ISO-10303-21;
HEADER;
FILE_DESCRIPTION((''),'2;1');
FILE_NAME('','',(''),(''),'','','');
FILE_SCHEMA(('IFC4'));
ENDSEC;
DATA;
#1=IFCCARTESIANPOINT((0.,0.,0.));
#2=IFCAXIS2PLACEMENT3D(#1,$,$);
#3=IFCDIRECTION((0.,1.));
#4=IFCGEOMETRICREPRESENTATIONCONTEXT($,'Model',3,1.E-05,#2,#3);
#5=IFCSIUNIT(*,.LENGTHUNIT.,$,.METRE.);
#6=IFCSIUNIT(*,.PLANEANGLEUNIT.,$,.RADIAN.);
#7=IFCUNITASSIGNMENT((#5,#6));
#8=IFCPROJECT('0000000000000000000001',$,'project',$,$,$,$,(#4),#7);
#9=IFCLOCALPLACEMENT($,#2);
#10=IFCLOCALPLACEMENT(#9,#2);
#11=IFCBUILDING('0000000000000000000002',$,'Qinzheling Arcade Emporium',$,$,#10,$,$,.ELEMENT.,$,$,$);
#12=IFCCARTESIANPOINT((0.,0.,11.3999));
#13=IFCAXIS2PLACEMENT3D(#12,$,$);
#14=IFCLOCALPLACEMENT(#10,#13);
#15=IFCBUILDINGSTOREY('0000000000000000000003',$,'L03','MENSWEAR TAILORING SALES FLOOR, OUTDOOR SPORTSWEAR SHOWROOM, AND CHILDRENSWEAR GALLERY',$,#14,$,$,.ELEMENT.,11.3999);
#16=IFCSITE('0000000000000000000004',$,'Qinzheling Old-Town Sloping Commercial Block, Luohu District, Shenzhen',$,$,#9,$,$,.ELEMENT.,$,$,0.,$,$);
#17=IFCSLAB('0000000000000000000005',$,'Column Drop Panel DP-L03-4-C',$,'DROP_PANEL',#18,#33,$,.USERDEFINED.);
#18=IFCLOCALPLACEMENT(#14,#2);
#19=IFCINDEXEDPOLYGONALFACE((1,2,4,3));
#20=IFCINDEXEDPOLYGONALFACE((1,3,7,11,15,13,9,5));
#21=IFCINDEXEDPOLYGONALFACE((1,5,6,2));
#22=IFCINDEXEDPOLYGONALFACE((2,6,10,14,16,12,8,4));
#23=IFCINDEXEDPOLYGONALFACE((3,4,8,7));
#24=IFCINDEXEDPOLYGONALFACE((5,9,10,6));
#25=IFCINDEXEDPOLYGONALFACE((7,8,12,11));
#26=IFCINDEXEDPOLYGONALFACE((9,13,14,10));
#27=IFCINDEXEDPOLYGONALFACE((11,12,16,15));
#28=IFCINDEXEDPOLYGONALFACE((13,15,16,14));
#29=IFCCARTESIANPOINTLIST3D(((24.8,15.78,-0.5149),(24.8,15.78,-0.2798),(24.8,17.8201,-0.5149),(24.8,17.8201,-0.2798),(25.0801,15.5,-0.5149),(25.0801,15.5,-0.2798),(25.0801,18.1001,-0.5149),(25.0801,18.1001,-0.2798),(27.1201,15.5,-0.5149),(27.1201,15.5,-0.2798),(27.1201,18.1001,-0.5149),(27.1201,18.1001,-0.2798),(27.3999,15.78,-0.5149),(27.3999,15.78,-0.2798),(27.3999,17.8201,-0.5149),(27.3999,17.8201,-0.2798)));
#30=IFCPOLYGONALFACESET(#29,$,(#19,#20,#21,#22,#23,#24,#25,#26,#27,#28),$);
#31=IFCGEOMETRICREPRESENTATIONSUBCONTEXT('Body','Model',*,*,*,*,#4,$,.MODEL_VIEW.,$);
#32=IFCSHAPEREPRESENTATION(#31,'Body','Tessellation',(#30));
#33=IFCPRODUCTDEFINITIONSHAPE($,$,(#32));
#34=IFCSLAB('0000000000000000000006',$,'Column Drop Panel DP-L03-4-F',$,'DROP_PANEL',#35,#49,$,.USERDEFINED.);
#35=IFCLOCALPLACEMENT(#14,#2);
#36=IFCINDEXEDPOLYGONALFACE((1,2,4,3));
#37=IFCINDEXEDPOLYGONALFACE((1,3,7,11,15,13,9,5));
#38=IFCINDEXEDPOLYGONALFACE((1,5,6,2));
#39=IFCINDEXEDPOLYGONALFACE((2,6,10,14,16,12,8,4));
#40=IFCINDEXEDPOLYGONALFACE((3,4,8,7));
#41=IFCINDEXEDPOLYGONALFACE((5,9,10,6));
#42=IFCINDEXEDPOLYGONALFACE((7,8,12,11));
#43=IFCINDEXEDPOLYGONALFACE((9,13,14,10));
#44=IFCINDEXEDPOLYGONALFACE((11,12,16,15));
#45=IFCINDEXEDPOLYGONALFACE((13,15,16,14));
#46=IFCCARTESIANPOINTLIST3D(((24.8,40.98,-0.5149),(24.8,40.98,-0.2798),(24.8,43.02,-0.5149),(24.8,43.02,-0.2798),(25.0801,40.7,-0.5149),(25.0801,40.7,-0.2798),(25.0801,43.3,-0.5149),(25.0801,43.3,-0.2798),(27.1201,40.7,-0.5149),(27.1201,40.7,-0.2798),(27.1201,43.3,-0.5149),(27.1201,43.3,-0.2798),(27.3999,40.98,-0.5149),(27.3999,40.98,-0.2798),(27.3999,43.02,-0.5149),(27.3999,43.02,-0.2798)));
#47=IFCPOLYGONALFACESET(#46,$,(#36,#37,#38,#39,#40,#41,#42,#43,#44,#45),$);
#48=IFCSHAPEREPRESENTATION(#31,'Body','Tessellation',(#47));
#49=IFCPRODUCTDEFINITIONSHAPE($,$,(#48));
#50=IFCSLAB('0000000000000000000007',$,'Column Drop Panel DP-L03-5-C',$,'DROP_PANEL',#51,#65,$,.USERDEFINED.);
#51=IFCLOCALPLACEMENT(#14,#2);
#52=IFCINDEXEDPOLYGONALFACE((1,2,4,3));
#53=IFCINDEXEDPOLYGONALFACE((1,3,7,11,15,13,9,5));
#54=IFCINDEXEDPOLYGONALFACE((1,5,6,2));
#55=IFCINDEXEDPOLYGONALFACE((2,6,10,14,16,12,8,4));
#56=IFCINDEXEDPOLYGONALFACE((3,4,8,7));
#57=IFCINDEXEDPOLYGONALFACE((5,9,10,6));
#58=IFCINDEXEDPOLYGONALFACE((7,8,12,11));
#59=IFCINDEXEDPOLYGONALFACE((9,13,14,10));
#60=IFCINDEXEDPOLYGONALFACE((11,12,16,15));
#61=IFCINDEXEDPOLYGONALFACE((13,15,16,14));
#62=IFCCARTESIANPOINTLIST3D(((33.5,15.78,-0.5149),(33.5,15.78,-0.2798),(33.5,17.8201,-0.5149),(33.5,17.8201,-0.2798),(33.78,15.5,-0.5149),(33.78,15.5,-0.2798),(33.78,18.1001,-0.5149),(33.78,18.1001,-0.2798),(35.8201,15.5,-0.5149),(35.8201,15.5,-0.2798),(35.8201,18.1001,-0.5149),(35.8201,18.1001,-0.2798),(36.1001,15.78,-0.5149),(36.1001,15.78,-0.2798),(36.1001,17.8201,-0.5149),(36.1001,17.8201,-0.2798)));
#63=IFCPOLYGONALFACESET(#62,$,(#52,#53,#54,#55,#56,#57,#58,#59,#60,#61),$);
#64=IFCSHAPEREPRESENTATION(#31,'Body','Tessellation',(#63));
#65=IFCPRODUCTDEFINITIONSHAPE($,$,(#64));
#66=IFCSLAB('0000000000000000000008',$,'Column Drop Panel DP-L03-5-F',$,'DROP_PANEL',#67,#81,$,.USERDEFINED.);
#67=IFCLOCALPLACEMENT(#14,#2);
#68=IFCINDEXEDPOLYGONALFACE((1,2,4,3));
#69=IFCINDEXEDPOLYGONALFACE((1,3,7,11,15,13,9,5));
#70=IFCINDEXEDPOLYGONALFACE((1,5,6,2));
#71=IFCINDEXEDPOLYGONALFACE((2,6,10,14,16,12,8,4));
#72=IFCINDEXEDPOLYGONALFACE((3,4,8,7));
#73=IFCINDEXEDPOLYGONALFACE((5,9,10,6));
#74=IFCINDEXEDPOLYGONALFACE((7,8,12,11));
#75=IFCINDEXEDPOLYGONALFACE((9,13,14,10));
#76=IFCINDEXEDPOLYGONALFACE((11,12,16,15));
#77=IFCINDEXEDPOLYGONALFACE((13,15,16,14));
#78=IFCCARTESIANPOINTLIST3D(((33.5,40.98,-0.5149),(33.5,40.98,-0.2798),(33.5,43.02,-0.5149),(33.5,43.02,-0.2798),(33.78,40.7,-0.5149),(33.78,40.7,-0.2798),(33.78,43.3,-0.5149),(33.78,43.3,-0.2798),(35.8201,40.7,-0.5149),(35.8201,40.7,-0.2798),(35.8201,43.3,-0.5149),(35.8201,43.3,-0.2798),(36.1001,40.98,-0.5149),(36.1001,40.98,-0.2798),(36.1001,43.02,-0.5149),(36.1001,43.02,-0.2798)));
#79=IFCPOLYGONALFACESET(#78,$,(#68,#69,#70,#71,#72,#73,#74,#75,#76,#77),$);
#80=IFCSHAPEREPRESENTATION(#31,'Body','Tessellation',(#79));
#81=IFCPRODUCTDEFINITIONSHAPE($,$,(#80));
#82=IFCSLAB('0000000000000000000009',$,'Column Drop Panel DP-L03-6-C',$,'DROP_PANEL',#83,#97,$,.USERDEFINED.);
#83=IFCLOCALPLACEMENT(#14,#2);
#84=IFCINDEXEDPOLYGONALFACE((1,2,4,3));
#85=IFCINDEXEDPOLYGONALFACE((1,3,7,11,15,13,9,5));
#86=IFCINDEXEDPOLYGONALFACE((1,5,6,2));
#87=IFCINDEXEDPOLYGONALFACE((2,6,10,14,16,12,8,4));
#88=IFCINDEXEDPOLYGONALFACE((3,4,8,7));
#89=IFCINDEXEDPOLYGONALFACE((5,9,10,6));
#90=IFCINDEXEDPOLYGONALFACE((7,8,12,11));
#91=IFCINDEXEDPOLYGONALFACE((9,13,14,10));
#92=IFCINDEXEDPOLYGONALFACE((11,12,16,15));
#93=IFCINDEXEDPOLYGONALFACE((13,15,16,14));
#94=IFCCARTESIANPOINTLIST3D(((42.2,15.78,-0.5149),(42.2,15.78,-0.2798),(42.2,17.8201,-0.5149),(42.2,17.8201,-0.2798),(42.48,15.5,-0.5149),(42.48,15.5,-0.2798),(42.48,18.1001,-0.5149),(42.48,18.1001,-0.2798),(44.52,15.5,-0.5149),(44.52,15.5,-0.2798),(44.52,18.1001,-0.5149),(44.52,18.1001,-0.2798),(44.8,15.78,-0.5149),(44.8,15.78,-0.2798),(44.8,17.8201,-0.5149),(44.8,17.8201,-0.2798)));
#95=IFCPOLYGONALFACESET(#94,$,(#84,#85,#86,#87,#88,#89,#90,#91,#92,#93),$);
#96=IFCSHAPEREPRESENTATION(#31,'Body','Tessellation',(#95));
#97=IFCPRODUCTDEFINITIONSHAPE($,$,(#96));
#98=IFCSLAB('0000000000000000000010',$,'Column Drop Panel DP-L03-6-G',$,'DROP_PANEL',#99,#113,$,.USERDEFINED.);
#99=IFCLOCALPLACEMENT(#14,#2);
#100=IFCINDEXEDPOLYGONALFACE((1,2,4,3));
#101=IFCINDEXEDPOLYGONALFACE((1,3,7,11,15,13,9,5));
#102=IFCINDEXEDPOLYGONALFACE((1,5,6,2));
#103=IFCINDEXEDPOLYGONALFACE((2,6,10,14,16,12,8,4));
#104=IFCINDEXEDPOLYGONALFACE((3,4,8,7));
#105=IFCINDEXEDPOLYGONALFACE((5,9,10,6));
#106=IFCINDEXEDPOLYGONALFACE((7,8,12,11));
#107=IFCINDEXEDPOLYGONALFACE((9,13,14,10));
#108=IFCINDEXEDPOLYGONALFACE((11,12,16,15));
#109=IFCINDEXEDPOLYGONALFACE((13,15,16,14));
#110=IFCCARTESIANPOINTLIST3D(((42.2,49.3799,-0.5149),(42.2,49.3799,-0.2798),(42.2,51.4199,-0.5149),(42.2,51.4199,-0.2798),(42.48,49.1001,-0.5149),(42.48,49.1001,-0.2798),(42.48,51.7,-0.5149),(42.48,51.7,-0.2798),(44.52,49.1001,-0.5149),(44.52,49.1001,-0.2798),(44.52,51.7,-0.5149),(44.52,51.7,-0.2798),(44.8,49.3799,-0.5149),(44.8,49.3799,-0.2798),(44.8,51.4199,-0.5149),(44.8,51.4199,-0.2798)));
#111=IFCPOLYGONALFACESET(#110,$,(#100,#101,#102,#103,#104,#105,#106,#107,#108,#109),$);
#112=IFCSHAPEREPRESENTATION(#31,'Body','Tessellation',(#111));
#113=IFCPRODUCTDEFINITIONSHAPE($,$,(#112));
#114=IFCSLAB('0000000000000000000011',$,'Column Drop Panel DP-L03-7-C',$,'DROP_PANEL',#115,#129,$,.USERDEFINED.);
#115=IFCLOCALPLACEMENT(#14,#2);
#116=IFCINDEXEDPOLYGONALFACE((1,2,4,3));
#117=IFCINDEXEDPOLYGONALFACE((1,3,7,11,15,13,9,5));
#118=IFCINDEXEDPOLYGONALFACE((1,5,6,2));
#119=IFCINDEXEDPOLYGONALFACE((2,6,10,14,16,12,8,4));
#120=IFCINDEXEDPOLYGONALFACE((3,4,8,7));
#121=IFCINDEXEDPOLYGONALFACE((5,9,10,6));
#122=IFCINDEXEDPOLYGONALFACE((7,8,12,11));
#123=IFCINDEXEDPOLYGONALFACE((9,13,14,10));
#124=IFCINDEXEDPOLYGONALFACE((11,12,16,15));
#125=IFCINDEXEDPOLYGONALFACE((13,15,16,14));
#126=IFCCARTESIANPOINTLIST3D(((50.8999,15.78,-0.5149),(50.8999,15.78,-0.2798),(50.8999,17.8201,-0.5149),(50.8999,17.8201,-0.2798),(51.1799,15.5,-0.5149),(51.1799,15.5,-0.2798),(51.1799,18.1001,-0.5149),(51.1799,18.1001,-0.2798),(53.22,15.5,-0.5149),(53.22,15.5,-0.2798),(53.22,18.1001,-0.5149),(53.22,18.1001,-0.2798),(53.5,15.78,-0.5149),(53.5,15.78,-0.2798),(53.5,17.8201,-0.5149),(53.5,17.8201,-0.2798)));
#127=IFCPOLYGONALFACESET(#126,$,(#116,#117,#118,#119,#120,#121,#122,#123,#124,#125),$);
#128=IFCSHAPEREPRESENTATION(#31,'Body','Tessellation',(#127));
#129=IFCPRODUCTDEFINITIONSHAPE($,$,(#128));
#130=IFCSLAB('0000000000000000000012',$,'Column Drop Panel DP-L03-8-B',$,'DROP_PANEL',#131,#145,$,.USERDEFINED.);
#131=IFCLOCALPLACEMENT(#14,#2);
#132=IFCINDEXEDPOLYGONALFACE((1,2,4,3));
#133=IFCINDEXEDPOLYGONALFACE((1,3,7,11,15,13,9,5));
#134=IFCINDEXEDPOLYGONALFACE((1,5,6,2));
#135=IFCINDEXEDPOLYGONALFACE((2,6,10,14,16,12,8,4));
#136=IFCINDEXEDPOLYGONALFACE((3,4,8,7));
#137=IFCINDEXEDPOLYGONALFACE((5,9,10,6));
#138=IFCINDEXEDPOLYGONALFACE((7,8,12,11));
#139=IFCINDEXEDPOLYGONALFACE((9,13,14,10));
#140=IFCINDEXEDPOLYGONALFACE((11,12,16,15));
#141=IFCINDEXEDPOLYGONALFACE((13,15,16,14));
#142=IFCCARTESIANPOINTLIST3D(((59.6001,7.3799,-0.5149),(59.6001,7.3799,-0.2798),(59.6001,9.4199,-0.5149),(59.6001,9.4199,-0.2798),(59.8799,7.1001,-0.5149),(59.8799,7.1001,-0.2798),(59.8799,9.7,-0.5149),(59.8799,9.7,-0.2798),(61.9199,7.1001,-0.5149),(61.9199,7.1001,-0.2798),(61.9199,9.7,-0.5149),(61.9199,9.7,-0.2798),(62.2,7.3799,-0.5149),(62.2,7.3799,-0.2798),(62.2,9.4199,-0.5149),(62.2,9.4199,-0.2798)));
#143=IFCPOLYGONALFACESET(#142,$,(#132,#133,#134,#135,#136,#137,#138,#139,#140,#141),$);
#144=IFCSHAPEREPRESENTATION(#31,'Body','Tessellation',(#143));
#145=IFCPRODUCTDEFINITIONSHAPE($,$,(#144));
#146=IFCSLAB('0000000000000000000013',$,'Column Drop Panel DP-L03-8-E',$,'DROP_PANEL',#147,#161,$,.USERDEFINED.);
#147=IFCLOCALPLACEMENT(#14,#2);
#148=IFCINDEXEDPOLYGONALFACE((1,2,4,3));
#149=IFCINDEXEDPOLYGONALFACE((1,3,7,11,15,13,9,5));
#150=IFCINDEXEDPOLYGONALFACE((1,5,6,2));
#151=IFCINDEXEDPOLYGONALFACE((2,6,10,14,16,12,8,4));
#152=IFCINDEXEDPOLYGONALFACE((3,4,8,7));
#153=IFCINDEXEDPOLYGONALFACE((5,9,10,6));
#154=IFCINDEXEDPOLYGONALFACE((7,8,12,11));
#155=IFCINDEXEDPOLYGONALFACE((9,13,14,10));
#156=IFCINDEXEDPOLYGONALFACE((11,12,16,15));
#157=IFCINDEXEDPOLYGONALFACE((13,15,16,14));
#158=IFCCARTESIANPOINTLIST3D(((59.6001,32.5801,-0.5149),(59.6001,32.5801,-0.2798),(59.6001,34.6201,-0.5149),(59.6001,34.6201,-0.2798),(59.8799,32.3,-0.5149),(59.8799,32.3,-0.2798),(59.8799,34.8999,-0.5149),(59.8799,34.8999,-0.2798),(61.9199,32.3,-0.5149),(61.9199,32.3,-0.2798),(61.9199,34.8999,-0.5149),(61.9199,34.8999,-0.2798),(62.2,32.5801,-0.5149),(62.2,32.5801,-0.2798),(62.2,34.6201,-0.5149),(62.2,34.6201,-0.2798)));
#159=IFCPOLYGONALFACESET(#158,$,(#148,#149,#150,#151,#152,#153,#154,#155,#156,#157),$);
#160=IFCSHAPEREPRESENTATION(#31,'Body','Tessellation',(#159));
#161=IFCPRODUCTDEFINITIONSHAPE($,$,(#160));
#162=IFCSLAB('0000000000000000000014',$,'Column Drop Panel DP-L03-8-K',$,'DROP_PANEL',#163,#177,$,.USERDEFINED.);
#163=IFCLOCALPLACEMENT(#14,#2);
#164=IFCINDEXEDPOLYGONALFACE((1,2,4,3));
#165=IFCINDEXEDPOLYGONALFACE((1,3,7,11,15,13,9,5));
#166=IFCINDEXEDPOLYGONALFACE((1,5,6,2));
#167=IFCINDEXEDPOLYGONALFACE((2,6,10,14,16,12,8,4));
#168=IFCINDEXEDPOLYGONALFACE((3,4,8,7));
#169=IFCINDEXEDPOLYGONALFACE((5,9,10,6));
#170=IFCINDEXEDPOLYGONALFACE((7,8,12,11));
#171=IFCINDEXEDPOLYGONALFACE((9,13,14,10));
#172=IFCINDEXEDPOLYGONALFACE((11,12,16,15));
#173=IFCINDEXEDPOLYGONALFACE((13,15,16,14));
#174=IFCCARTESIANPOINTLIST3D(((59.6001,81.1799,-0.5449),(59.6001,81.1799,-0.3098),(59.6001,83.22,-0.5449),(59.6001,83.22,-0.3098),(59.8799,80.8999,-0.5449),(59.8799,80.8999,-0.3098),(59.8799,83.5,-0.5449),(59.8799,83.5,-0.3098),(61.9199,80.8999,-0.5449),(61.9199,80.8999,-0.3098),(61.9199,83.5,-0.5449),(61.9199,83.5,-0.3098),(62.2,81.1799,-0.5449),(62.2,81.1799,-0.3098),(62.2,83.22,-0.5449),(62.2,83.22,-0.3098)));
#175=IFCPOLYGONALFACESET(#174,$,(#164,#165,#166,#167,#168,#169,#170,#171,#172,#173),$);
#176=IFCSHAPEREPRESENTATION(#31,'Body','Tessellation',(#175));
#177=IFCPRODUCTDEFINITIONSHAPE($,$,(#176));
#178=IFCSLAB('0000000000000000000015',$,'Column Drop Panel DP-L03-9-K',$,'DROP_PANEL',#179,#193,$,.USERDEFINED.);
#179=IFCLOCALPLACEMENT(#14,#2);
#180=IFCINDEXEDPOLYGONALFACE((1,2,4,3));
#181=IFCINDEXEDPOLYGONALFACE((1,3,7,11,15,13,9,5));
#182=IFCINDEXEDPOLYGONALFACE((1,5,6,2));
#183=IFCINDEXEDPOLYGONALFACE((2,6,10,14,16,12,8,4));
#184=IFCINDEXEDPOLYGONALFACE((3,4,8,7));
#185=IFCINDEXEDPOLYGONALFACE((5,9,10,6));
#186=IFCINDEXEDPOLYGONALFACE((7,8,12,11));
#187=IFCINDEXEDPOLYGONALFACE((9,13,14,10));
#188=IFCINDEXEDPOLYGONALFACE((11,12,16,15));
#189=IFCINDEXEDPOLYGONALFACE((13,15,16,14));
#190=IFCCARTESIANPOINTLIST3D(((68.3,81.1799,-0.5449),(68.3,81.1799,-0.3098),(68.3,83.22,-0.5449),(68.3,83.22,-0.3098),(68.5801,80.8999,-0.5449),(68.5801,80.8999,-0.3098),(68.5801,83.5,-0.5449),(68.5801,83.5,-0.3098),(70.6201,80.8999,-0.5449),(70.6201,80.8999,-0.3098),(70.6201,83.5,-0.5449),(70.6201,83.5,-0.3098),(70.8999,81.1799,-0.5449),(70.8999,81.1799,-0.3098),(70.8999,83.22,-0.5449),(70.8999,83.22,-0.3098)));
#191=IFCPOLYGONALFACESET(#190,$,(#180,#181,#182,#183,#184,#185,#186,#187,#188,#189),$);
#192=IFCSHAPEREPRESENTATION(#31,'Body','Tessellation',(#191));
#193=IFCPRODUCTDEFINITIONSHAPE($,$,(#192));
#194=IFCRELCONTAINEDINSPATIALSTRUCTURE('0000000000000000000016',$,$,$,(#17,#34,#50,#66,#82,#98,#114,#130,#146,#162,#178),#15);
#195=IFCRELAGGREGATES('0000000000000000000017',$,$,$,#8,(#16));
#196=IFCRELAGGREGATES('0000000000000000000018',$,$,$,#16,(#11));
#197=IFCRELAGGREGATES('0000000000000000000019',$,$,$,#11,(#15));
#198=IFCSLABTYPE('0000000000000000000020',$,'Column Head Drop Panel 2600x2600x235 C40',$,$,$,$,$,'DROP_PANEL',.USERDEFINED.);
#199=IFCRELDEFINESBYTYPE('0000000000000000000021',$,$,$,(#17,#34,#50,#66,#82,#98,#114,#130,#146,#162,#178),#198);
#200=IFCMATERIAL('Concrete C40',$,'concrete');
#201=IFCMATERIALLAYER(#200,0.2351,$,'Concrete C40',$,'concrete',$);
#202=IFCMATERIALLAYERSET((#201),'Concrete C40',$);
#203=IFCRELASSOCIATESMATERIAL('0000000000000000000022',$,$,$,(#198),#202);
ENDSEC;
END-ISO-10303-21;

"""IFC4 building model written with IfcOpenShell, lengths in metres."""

from ifc_helpers import new_model, si_unit, direction, frame, origin, place, context, subcontext, project, spatial, polyline, outline, extrude, material, layer, layer_set, type_object, element, save


model = new_model("IFC4")

# Units and contexts
model_context = context("Model", 3, precision=1e-05, world=origin(), true_north=direction((0.0, 1.0)))
body_context = subcontext(model_context, "Body", "Model", "MODEL_VIEW")
ifc_project = project(units=[si_unit("LENGTHUNIT", "METRE"), si_unit("PLANEANGLEUNIT", "RADIAN")], contexts=[model_context])

# Site, building, storey
site_placement = place(None, origin())
site = spatial("IfcSite", under=ifc_project, at=site_placement, Name="Qinzheling Old-Town Sloping Commercial Block, Luohu District, Shenzhen", CompositionType="ELEMENT", RefElevation=0.0)
building_placement = place(site_placement, origin())
building = spatial("IfcBuilding", under=site, at=building_placement, Name="Qinzheling Arcade Emporium", CompositionType="ELEMENT")
storey_placement = place(building_placement, frame((0.0, 0.0, 11.3999)))
storey = spatial("IfcBuildingStorey", under=building, at=storey_placement, Name="L03", Description="MENSWEAR TAILORING SALES FLOOR, OUTDOOR SPORTSWEAR SHOWROOM, AND CHILDRENSWEAR GALLERY", CompositionType="ELEMENT", Elevation=11.3999)

# Slabs
ifc_material = material(Name="Concrete C40", Category="concrete")
ifc_layer_1 = layer(ifc_material, 0.2351, Name="Concrete C40", Category="concrete")
ifc_layer_set_1 = layer_set([ifc_layer_1], Name="Concrete C40")
slab_type_1 = type_object("IfcSlabType", Name="Column Head Drop Panel 2600x2600x235 C40", ElementType="DROP_PANEL", PredefinedType="USERDEFINED", material=ifc_layer_set_1)
slab_1_placement = place(storey_placement, frame((0.0, 0.0, -0.5149)))
element("IfcSlab", 1, at=slab_1_placement, inside=storey, type_object=slab_type_1, Name="Column Drop Panel DP-L03-4-C", ObjectType="DROP_PANEL", PredefinedType="USERDEFINED", context=body_context, shape_type="SweptSolid", body=[
    extrude(outline(polyline([(25.0801, 15.5), (27.1201, 15.5), (27.3999, 15.78), (27.3999, 17.8201), (27.1201, 18.1001), (25.0801, 18.1001), (24.8, 17.8201), (24.8, 15.78), (25.0801, 15.5)])), origin(), (0.0, 0.0, 1.0), 0.2351),
])
slab_2_placement = place(storey_placement, frame((0.0, 0.0, -0.5149)))
element("IfcSlab", 2, at=slab_2_placement, inside=storey, type_object=slab_type_1, Name="Column Drop Panel DP-L03-4-F", ObjectType="DROP_PANEL", PredefinedType="USERDEFINED", context=body_context, shape_type="SweptSolid", body=[
    extrude(outline(polyline([(25.0801, 40.7), (27.1201, 40.7), (27.3999, 40.98), (27.3999, 43.02), (27.1201, 43.3), (25.0801, 43.3), (24.8, 43.02), (24.8, 40.98), (25.0801, 40.7)])), origin(), (0.0, 0.0, 1.0), 0.2351),
])
slab_3_placement = place(storey_placement, frame((0.0, 0.0, -0.5149)))
element("IfcSlab", 3, at=slab_3_placement, inside=storey, type_object=slab_type_1, Name="Column Drop Panel DP-L03-5-C", ObjectType="DROP_PANEL", PredefinedType="USERDEFINED", context=body_context, shape_type="SweptSolid", body=[
    extrude(outline(polyline([(33.78, 15.5), (35.8201, 15.5), (36.1001, 15.78), (36.1001, 17.8201), (35.8201, 18.1001), (33.78, 18.1001), (33.5, 17.8201), (33.5, 15.78), (33.78, 15.5)])), origin(), (0.0, 0.0, 1.0), 0.2351),
])
slab_4_placement = place(storey_placement, frame((0.0, 0.0, -0.5149)))
element("IfcSlab", 4, at=slab_4_placement, inside=storey, type_object=slab_type_1, Name="Column Drop Panel DP-L03-5-F", ObjectType="DROP_PANEL", PredefinedType="USERDEFINED", context=body_context, shape_type="SweptSolid", body=[
    extrude(outline(polyline([(33.78, 40.7), (35.8201, 40.7), (36.1001, 40.98), (36.1001, 43.02), (35.8201, 43.3), (33.78, 43.3), (33.5, 43.02), (33.5, 40.98), (33.78, 40.7)])), origin(), (0.0, 0.0, 1.0), 0.2351),
])
slab_5_placement = place(storey_placement, frame((0.0, 0.0, -0.5149)))
element("IfcSlab", 5, at=slab_5_placement, inside=storey, type_object=slab_type_1, Name="Column Drop Panel DP-L03-6-C", ObjectType="DROP_PANEL", PredefinedType="USERDEFINED", context=body_context, shape_type="SweptSolid", body=[
    extrude(outline(polyline([(42.48, 15.5), (44.52, 15.5), (44.8, 15.78), (44.8, 17.8201), (44.52, 18.1001), (42.48, 18.1001), (42.2, 17.8201), (42.2, 15.78), (42.48, 15.5)])), origin(), (0.0, 0.0, 1.0), 0.2351),
])
slab_6_placement = place(storey_placement, frame((0.0, 0.0, -0.5149)))
element("IfcSlab", 6, at=slab_6_placement, inside=storey, type_object=slab_type_1, Name="Column Drop Panel DP-L03-6-G", ObjectType="DROP_PANEL", PredefinedType="USERDEFINED", context=body_context, shape_type="SweptSolid", body=[
    extrude(outline(polyline([(42.48, 49.1001), (44.52, 49.1001), (44.8, 49.3799), (44.8, 51.4199), (44.52, 51.7), (42.48, 51.7), (42.2, 51.4199), (42.2, 49.3799), (42.48, 49.1001)])), origin(), (0.0, 0.0, 1.0), 0.2351),
])
slab_7_placement = place(storey_placement, frame((0.0, 0.0, -0.5149)))
element("IfcSlab", 7, at=slab_7_placement, inside=storey, type_object=slab_type_1, Name="Column Drop Panel DP-L03-7-C", ObjectType="DROP_PANEL", PredefinedType="USERDEFINED", context=body_context, shape_type="SweptSolid", body=[
    extrude(outline(polyline([(51.1799, 15.5), (53.22, 15.5), (53.5, 15.78), (53.5, 17.8201), (53.22, 18.1001), (51.1799, 18.1001), (50.8999, 17.8201), (50.8999, 15.78), (51.1799, 15.5)])), origin(), (0.0, 0.0, 1.0), 0.2351),
])
slab_8_placement = place(storey_placement, frame((0.0, 0.0, -0.5149)))
element("IfcSlab", 8, at=slab_8_placement, inside=storey, type_object=slab_type_1, Name="Column Drop Panel DP-L03-8-B", ObjectType="DROP_PANEL", PredefinedType="USERDEFINED", context=body_context, shape_type="SweptSolid", body=[
    extrude(outline(polyline([(59.8799, 7.1001), (61.9199, 7.1001), (62.2, 7.3799), (62.2, 9.4199), (61.9199, 9.7), (59.8799, 9.7), (59.6001, 9.4199), (59.6001, 7.3799), (59.8799, 7.1001)])), origin(), (0.0, 0.0, 1.0), 0.2351),
])
slab_9_placement = place(storey_placement, frame((0.0, 0.0, -0.5149)))
element("IfcSlab", 9, at=slab_9_placement, inside=storey, type_object=slab_type_1, Name="Column Drop Panel DP-L03-8-E", ObjectType="DROP_PANEL", PredefinedType="USERDEFINED", context=body_context, shape_type="SweptSolid", body=[
    extrude(outline(polyline([(59.8799, 32.3), (61.9199, 32.3), (62.2, 32.5801), (62.2, 34.6201), (61.9199, 34.8999), (59.8799, 34.8999), (59.6001, 34.6201), (59.6001, 32.5801), (59.8799, 32.3)])), origin(), (0.0, 0.0, 1.0), 0.2351),
])
slab_10_placement = place(storey_placement, frame((0.0, 0.0, -0.5449)))
element("IfcSlab", 10, at=slab_10_placement, inside=storey, type_object=slab_type_1, Name="Column Drop Panel DP-L03-8-K", ObjectType="DROP_PANEL", PredefinedType="USERDEFINED", context=body_context, shape_type="SweptSolid", body=[
    extrude(outline(polyline([(59.8799, 80.8999), (61.9199, 80.8999), (62.2, 81.1799), (62.2, 83.22), (61.9199, 83.5), (59.8799, 83.5), (59.6001, 83.22), (59.6001, 81.1799), (59.8799, 80.8999)])), origin(), (0.0, 0.0, 1.0), 0.2351),
])
slab_11_placement = place(storey_placement, frame((0.0, 0.0, -0.5449)))
element("IfcSlab", 11, at=slab_11_placement, inside=storey, type_object=slab_type_1, Name="Column Drop Panel DP-L03-9-K", ObjectType="DROP_PANEL", PredefinedType="USERDEFINED", context=body_context, shape_type="SweptSolid", body=[
    extrude(outline(polyline([(68.5801, 80.8999), (70.6201, 80.8999), (70.8999, 81.1799), (70.8999, 83.22), (70.6201, 83.5), (68.5801, 83.5), (68.3, 83.22), (68.3, 81.1799), (68.5801, 80.8999)])), origin(), (0.0, 0.0, 1.0), 0.2351),
])

save(model, "model.ifc")
